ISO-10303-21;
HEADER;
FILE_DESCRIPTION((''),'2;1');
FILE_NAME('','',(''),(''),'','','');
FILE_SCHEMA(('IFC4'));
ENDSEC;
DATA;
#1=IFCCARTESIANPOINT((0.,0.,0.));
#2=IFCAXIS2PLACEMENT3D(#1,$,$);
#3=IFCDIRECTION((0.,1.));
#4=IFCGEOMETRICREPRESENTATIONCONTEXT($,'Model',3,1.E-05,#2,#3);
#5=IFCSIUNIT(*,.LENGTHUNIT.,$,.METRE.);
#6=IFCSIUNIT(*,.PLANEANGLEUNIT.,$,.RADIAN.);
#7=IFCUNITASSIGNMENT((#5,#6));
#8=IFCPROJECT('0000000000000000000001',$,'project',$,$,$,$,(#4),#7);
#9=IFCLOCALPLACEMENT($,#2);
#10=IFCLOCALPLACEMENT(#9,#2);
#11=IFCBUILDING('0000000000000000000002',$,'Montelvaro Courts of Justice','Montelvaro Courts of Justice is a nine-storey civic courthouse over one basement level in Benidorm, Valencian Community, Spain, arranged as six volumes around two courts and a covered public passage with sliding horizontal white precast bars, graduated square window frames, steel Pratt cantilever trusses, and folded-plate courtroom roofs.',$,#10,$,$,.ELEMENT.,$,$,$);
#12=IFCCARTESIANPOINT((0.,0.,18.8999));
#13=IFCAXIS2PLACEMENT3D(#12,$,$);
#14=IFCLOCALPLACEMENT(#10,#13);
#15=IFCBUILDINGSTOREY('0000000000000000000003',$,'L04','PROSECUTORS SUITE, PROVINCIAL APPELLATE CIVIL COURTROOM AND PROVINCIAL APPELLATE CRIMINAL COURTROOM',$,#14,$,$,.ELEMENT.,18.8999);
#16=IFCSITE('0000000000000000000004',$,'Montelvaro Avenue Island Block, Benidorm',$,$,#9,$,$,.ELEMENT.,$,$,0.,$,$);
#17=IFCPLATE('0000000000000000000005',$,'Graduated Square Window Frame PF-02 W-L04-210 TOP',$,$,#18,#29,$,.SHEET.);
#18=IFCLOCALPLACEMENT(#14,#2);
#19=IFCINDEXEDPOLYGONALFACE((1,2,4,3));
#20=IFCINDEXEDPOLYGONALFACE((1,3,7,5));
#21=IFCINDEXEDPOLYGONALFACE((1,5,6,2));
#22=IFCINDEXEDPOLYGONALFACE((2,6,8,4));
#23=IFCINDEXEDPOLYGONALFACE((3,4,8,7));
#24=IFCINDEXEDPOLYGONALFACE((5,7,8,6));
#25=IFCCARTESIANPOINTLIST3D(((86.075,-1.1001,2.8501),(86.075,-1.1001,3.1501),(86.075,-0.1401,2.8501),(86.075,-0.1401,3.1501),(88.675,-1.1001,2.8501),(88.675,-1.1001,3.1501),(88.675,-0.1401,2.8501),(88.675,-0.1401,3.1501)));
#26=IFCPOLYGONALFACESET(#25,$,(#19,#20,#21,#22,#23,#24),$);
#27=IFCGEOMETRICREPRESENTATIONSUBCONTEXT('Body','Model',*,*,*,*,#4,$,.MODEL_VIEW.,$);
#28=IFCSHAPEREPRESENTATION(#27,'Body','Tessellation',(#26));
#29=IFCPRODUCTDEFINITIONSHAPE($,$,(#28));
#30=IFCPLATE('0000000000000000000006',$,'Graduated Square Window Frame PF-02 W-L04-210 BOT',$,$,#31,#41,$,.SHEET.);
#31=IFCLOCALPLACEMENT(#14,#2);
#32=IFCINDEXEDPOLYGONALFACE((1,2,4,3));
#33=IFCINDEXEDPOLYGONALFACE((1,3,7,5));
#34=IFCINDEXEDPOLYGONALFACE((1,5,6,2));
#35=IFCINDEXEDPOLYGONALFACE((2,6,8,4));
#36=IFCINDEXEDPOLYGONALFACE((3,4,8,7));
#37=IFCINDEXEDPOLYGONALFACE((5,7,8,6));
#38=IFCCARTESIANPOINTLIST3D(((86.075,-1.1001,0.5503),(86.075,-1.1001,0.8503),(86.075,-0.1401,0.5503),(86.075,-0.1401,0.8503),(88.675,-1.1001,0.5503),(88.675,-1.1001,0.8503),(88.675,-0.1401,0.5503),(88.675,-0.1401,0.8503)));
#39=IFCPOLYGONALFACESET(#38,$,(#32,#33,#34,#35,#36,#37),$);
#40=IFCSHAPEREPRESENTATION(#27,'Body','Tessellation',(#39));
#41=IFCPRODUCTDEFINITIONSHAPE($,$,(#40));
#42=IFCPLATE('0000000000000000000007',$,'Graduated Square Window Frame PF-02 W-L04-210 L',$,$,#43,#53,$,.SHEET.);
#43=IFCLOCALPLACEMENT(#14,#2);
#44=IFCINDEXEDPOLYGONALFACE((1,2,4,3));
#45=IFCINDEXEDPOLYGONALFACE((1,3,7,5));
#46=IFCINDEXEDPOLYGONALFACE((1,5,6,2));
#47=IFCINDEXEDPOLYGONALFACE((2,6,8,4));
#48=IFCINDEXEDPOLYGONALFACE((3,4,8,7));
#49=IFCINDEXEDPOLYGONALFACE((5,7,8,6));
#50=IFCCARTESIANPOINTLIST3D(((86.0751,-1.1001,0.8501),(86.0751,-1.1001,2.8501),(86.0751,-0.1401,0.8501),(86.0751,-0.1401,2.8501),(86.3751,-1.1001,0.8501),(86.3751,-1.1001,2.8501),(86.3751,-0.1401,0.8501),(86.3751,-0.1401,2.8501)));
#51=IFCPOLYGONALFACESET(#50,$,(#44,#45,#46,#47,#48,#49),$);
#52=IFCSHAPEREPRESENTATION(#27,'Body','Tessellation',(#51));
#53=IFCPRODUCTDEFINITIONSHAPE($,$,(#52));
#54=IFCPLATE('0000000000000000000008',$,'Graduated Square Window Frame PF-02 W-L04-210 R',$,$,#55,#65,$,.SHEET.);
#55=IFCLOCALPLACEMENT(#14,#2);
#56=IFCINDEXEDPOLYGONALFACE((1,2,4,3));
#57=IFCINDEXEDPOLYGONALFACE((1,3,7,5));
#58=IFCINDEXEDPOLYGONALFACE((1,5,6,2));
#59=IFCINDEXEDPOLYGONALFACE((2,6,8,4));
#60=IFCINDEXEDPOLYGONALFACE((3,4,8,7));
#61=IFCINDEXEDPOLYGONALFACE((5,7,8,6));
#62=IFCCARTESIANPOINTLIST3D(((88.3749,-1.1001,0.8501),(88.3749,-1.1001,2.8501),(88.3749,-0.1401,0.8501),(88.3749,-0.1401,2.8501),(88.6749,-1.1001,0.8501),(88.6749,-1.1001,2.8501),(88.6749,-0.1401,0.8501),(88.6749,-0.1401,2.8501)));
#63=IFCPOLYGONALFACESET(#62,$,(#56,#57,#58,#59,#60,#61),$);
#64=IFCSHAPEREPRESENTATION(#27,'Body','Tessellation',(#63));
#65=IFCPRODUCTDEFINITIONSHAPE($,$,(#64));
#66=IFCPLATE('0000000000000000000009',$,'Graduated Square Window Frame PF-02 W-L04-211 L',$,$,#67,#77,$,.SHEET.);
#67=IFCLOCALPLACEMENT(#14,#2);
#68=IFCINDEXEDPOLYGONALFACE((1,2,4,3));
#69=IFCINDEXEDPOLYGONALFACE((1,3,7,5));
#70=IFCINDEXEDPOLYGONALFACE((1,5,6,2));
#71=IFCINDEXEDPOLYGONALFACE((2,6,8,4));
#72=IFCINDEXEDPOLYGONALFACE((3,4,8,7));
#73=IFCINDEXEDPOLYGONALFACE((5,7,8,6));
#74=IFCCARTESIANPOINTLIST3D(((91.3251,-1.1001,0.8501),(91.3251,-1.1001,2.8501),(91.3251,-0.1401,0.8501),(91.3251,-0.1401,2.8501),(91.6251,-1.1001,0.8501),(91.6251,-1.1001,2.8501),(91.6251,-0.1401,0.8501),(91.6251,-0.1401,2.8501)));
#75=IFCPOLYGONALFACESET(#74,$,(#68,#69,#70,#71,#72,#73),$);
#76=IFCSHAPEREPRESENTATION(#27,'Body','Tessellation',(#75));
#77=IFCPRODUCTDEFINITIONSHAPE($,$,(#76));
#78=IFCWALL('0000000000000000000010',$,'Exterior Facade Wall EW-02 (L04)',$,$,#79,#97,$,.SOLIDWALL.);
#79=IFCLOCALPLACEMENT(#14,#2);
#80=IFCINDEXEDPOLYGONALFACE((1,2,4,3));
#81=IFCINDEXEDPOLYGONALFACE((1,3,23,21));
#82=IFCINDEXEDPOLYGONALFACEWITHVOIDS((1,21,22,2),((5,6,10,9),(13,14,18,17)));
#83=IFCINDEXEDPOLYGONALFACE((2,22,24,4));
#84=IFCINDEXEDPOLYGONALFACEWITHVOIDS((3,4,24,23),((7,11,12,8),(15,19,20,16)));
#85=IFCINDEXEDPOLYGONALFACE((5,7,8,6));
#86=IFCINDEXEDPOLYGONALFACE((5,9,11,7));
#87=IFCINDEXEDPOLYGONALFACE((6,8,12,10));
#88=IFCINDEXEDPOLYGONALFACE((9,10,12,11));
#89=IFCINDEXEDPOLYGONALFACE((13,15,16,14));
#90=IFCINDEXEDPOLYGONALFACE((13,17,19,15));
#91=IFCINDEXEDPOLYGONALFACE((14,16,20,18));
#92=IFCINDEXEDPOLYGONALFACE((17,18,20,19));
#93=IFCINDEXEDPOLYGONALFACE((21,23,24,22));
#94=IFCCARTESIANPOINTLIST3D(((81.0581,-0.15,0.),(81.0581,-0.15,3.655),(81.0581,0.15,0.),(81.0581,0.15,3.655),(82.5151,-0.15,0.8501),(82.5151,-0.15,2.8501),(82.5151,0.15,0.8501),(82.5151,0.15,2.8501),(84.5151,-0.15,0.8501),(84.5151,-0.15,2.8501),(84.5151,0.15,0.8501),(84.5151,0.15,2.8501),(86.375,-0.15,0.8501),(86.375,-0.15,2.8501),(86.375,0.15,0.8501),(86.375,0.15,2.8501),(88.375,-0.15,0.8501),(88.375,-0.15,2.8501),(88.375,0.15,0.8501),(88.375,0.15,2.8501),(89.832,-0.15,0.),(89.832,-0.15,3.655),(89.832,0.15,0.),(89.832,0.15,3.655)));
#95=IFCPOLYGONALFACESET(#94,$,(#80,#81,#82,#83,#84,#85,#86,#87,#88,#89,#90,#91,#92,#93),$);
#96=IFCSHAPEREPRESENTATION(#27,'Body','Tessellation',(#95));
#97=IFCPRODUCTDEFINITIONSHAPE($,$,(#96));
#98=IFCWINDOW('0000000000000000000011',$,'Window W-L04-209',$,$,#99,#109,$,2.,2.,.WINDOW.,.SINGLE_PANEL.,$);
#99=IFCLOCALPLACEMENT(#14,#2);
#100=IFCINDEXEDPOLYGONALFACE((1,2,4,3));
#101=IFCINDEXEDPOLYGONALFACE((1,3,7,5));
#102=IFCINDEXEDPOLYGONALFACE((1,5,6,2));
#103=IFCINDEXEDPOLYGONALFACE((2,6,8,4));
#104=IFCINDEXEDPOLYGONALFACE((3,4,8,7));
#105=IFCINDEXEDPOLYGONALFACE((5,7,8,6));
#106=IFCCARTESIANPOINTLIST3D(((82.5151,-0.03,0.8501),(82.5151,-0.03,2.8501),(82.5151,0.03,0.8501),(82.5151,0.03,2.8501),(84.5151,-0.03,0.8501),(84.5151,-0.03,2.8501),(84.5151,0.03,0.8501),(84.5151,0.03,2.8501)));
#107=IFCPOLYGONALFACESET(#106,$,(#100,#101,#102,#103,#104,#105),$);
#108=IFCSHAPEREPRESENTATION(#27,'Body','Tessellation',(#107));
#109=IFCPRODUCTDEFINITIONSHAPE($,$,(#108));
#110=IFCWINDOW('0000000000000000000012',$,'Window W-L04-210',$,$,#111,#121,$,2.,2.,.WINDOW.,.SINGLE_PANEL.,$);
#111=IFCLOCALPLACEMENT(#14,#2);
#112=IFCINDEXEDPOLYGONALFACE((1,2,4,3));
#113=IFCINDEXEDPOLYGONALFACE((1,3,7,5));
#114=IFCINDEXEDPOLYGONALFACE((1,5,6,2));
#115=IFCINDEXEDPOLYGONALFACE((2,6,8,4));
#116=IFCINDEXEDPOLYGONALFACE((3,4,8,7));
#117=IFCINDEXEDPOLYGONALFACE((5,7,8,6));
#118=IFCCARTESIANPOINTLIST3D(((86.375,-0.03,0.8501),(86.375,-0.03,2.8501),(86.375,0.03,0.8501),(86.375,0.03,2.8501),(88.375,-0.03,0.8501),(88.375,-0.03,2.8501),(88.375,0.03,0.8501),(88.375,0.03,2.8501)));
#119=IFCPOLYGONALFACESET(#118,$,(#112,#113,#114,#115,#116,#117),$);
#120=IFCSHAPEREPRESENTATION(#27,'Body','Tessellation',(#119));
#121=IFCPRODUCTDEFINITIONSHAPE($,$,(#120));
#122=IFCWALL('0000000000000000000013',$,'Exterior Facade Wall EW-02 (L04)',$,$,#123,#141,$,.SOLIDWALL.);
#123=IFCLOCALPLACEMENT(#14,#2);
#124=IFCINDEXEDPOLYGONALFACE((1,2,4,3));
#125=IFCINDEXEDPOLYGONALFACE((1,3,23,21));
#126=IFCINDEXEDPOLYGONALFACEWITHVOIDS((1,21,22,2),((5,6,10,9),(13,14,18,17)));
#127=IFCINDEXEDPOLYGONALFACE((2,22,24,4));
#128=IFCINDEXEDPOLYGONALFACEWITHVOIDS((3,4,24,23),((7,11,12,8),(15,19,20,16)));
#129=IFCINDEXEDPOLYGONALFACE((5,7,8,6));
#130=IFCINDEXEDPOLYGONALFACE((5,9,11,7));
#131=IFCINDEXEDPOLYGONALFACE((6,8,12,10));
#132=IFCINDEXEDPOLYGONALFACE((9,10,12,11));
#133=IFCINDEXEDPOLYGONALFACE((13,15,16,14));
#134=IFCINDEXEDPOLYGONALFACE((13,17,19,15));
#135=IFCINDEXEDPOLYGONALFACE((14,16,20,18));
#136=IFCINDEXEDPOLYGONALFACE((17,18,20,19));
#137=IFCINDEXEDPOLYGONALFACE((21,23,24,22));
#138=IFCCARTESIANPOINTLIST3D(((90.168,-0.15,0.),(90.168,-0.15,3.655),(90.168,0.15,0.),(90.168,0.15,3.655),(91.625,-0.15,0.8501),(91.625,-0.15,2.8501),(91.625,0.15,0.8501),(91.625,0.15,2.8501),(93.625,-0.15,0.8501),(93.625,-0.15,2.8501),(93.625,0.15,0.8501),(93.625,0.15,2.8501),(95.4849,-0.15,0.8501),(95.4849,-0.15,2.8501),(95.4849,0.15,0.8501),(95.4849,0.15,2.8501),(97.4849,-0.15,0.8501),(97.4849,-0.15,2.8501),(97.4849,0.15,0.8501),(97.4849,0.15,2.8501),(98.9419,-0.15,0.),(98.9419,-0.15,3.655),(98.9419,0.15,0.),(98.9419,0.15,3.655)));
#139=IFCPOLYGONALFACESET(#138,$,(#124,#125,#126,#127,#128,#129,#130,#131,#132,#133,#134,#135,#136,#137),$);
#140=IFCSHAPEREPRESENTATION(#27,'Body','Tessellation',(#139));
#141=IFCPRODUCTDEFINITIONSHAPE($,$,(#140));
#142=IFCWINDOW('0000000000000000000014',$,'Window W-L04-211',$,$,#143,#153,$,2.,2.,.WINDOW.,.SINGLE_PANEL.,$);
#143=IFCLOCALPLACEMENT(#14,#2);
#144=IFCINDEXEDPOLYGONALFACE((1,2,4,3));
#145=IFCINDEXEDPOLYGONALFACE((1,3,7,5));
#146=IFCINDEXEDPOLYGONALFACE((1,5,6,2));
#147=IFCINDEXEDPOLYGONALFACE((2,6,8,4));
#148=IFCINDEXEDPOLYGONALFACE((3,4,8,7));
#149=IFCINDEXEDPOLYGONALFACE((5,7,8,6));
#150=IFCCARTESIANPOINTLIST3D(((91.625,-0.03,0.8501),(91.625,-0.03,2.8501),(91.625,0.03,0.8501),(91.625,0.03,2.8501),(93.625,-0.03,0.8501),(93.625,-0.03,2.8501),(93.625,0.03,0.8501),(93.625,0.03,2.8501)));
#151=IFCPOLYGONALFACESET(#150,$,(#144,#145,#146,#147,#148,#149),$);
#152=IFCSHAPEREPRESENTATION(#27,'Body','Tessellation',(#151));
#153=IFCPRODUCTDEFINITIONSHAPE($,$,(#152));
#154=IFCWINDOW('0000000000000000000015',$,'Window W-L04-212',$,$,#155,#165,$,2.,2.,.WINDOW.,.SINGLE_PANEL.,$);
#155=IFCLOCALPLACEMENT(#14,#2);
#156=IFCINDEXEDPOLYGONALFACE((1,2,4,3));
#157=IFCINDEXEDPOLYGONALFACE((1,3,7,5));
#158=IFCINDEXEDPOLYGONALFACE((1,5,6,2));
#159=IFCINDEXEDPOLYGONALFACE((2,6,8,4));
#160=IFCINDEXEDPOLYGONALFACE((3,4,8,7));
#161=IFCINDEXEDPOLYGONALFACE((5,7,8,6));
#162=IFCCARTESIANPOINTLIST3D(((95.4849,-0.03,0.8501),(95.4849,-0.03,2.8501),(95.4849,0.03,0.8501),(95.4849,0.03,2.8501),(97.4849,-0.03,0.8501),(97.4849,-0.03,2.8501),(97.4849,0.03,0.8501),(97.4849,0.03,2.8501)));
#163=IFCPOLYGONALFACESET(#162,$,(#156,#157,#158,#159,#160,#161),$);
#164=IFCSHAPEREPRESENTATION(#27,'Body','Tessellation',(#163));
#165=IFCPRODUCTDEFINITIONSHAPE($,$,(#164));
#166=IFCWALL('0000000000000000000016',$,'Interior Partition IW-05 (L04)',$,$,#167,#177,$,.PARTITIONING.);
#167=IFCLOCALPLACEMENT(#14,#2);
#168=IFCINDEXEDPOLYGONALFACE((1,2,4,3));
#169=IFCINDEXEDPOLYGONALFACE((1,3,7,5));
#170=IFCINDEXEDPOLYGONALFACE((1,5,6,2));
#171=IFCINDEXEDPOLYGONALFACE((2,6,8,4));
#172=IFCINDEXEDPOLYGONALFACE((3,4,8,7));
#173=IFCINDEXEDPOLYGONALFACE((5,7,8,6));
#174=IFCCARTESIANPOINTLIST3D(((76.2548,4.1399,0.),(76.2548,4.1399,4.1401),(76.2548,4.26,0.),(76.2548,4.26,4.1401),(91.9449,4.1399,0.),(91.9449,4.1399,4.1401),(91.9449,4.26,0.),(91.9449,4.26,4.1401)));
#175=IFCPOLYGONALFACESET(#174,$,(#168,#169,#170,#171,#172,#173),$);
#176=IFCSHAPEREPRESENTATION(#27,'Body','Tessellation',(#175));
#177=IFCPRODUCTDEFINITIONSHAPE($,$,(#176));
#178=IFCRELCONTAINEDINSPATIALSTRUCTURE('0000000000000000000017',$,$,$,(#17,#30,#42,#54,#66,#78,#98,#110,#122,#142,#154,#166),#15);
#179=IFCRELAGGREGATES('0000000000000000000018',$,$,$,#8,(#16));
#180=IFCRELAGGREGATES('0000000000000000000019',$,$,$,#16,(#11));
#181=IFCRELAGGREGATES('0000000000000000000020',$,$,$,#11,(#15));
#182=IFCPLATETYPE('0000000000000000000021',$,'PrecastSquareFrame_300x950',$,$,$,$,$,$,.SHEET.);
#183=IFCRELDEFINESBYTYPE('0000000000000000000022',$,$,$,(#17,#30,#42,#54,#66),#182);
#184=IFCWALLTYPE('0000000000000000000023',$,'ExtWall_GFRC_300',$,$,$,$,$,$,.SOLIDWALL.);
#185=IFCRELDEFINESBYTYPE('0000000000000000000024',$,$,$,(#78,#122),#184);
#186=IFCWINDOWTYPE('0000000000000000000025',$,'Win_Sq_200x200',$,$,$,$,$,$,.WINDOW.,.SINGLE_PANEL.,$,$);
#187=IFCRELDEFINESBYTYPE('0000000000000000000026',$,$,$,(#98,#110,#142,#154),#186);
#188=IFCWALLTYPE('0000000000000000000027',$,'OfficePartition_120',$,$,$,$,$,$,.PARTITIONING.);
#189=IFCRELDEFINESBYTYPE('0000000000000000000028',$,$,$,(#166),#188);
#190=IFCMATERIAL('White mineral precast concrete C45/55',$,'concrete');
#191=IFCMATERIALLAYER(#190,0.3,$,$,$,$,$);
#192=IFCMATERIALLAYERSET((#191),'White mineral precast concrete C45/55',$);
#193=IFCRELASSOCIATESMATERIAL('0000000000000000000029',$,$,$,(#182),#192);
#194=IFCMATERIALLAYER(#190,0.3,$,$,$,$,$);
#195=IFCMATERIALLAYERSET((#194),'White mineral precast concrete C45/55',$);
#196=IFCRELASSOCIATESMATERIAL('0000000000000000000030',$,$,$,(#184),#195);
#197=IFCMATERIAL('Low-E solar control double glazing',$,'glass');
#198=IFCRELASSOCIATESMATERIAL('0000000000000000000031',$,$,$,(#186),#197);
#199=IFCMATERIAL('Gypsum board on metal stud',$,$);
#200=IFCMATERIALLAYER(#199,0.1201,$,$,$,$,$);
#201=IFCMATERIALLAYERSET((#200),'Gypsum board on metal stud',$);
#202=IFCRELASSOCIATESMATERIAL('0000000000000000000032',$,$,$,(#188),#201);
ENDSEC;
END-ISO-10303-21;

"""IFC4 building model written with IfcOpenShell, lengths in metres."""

from ifc_helpers import new_model, si_unit, direction, frame, frame_2d, origin, origin_2d, place, context, subcontext, project, spatial, rectangle, extrude, material, layer, layer_set, type_object, element, fill, save


model = new_model("IFC4")

# Units and contexts
model_context = context("Model", 3, precision=1e-05, world=origin(), true_north=direction((0.0, 1.0)))
body_context = subcontext(model_context, "Body", "Model", "MODEL_VIEW")
ifc_project = project(units=[si_unit("LENGTHUNIT", "METRE"), si_unit("PLANEANGLEUNIT", "RADIAN")], contexts=[model_context])

# Site, building, storey
site_placement = place(None, origin())
site = spatial("IfcSite", under=ifc_project, at=site_placement, Name="Montelvaro Avenue Island Block, Benidorm", CompositionType="ELEMENT", RefElevation=0.0)
building_placement = place(site_placement, origin())
building = spatial("IfcBuilding", under=site, at=building_placement, Name="Montelvaro Courts of Justice", Description="Montelvaro Courts of Justice is a nine-storey civic courthouse over one basement level in Benidorm, Valencian Community, Spain, arranged as six volumes around two courts and a covered public passage with sliding horizontal white precast bars, graduated square window frames, steel Pratt cantilever trusses, and folded-plate courtroom roofs.", CompositionType="ELEMENT")
storey_placement = place(building_placement, frame((0.0, 0.0, 18.8999)))
storey = spatial("IfcBuildingStorey", under=building, at=storey_placement, Name="L04", Description="PROSECUTORS SUITE, PROVINCIAL APPELLATE CIVIL COURTROOM AND PROVINCIAL APPELLATE CRIMINAL COURTROOM", CompositionType="ELEMENT", Elevation=18.8999)

# Plates
ifc_material_1 = material(Name="White mineral precast concrete C45/55", Category="concrete")
ifc_layer_1 = layer(ifc_material_1, 0.3)
ifc_layer_set_1 = layer_set([ifc_layer_1], Name="White mineral precast concrete C45/55")
plate_type = type_object("IfcPlateType", Name="PrecastSquareFrame_300x950", PredefinedType="SHEET", material=ifc_layer_set_1)
for number, where, z_axis, x_axis, name in (
    (1, (87.375, -0.6201, 2.8501), (0.0, 0.0, 1.0), (1.0, 0.0, 0.0), "Graduated Square Window Frame PF-02 W-L04-210 TOP"),
    (2, (87.375, -0.6201, 0.5503), (0.0, 0.0, 1.0), (1.0, 0.0, 0.0), "Graduated Square Window Frame PF-02 W-L04-210 BOT"),
):
    element("IfcPlate", number, at=place(storey_placement, frame(where, z_axis=z_axis, x_axis=x_axis)), inside=storey, type_object=plate_type, Name=name, PredefinedType="SHEET", context=body_context, shape_type="SweptSolid", body=[
        extrude(rectangle(XDim=2.6001, YDim=0.96, at=origin_2d()), origin(), (0.0, 0.0, 1.0), 0.3),
    ])
for number, where, z_axis, x_axis, name in (
    (3, (86.2251, -0.6201, 0.8501), (0.0, 0.0, 1.0), (1.0, 0.0, 0.0), "Graduated Square Window Frame PF-02 W-L04-210 L"),
    (4, (88.5249, -0.6201, 0.8501), (0.0, 0.0, 1.0), (1.0, 0.0, 0.0), "Graduated Square Window Frame PF-02 W-L04-210 R"),
    (5, (91.4751, -0.6201, 0.8501), (0.0, 0.0, 1.0), (1.0, 0.0, 0.0), "Graduated Square Window Frame PF-02 W-L04-211 L"),
):
    element("IfcPlate", number, at=place(storey_placement, frame(where, z_axis=z_axis, x_axis=x_axis)), inside=storey, type_object=plate_type, Name=name, PredefinedType="SHEET", context=body_context, shape_type="SweptSolid", body=[
        extrude(rectangle(XDim=0.3, YDim=0.96, at=origin_2d()), origin(), (0.0, 0.0, 1.0), 2.0),
    ])

# Walls, openings, windows
ifc_layer_2 = layer(ifc_material_1, 0.3)
ifc_layer_set_2 = layer_set([ifc_layer_2], Name="White mineral precast concrete C45/55")
wall_type_1 = type_object("IfcWallType", Name="ExtWall_GFRC_300", PredefinedType="SOLIDWALL", material=ifc_layer_set_2)
wall_1_placement = place(storey_placement, frame((81.0581, 0.0, 0.0), z_axis=(0.0, 0.0, 1.0), x_axis=(1.0, 0.0, 0.0)))
wall_1 = element("IfcWall", 6, at=wall_1_placement, inside=storey, type_object=wall_type_1, Name="Exterior Facade Wall EW-02 (L04)", PredefinedType="SOLIDWALL", context=body_context, shape_type="SweptSolid", body=[
    extrude(rectangle(XDim=8.7739, YDim=0.3, at=frame_2d((4.387, 0.0))), origin(), (0.0, 0.0, 1.0), 3.655),
])
opening_1_placement = place(wall_1_placement, frame((1.457, 0.0, 0.8501)))
opening_1 = element("IfcOpeningElement", 7, at=opening_1_placement, cuts=wall_1, PredefinedType="OPENING", context=body_context, shape_type="SweptSolid", body=[
    extrude(rectangle(XDim=2.0, YDim=2.0, at=frame_2d((1.0, 1.0))), frame((0.0, 0.165, 0.0), z_axis=(0.0, -1.0, 0.0), x_axis=(1.0, 0.0, 0.0)), (0.0, 0.0, 1.0), 0.3298),
])
opening_2_placement = place(wall_1_placement, frame((5.3169, 0.0, 0.8501)))
opening_2 = element("IfcOpeningElement", 8, at=opening_2_placement, cuts=wall_1, PredefinedType="OPENING", context=body_context, shape_type="SweptSolid", body=[
    extrude(rectangle(XDim=2.0, YDim=2.0, at=frame_2d((1.0, 1.0))), frame((0.0, 0.165, 0.0), z_axis=(0.0, -1.0, 0.0), x_axis=(1.0, 0.0, 0.0)), (0.0, 0.0, 1.0), 0.3298),
])
ifc_material_2 = material(Name="Low-E solar control double glazing", Category="glass")
window_type = type_object("IfcWindowType", Name="Win_Sq_200x200", PartitioningType="SINGLE_PANEL", PredefinedType="WINDOW", material=ifc_material_2)
window_1_placement = place(opening_1_placement, origin())
window_1 = element("IfcWindow", 9, at=window_1_placement, inside=storey, type_object=window_type, Name="Window W-L04-209", OverallHeight=2.0, OverallWidth=2.0, PartitioningType="SINGLE_PANEL", PredefinedType="WINDOW", context=body_context, shape_type="SweptSolid", body=[
    extrude(rectangle(XDim=2.0, YDim=2.0, at=frame_2d((1.0, 1.0))), frame((0.0, 0.03, 0.0), z_axis=(0.0, -1.0, 0.0), x_axis=(1.0, 0.0, 0.0)), (0.0, 0.0, 1.0), 0.0601),
])
fill(opening_1, window_1)
window_2_placement = place(opening_2_placement, origin())
window_2 = element("IfcWindow", 10, at=window_2_placement, inside=storey, type_object=window_type, Name="Window W-L04-210", OverallHeight=2.0, OverallWidth=2.0, PartitioningType="SINGLE_PANEL", PredefinedType="WINDOW", context=body_context, shape_type="SweptSolid", body=[
    extrude(rectangle(XDim=2.0, YDim=2.0, at=frame_2d((1.0, 1.0))), frame((0.0, 0.03, 0.0), z_axis=(0.0, -1.0, 0.0), x_axis=(1.0, 0.0, 0.0)), (0.0, 0.0, 1.0), 0.0601),
])
fill(opening_2, window_2)
wall_2_placement = place(storey_placement, frame((90.168, 0.0, 0.0), z_axis=(0.0, 0.0, 1.0), x_axis=(1.0, 0.0, 0.0)))
wall_2 = element("IfcWall", 11, at=wall_2_placement, inside=storey, type_object=wall_type_1, Name="Exterior Facade Wall EW-02 (L04)", PredefinedType="SOLIDWALL", context=body_context, shape_type="SweptSolid", body=[
    extrude(rectangle(XDim=8.7739, YDim=0.3, at=frame_2d((4.387, 0.0))), origin(), (0.0, 0.0, 1.0), 3.655),
])
opening_3_placement = place(wall_2_placement, frame((1.457, 0.0, 0.8501)))
opening_3 = element("IfcOpeningElement", 12, at=opening_3_placement, cuts=wall_2, PredefinedType="OPENING", context=body_context, shape_type="SweptSolid", body=[
    extrude(rectangle(XDim=2.0, YDim=2.0, at=frame_2d((1.0, 1.0))), frame((0.0, 0.165, 0.0), z_axis=(0.0, -1.0, 0.0), x_axis=(1.0, 0.0, 0.0)), (0.0, 0.0, 1.0), 0.3298),
])
opening_4_placement = place(wall_2_placement, frame((5.3169, 0.0, 0.8501)))
opening_4 = element("IfcOpeningElement", 13, at=opening_4_placement, cuts=wall_2, PredefinedType="OPENING", context=body_context, shape_type="SweptSolid", body=[
    extrude(rectangle(XDim=2.0, YDim=2.0, at=frame_2d((1.0, 1.0))), frame((0.0, 0.165, 0.0), z_axis=(0.0, -1.0, 0.0), x_axis=(1.0, 0.0, 0.0)), (0.0, 0.0, 1.0), 0.3298),
])
window_3_placement = place(opening_3_placement, origin())
window_3 = element("IfcWindow", 14, at=window_3_placement, inside=storey, type_object=window_type, Name="Window W-L04-211", OverallHeight=2.0, OverallWidth=2.0, PartitioningType="SINGLE_PANEL", PredefinedType="WINDOW", context=body_context, shape_type="SweptSolid", body=[
    extrude(rectangle(XDim=2.0, YDim=2.0, at=frame_2d((1.0, 1.0))), frame((0.0, 0.03, 0.0), z_axis=(0.0, -1.0, 0.0), x_axis=(1.0, 0.0, 0.0)), (0.0, 0.0, 1.0), 0.0601),
])
fill(opening_3, window_3)
window_4_placement = place(opening_4_placement, origin())
window_4 = element("IfcWindow", 15, at=window_4_placement, inside=storey, type_object=window_type, Name="Window W-L04-212", OverallHeight=2.0, OverallWidth=2.0, PartitioningType="SINGLE_PANEL", PredefinedType="WINDOW", context=body_context, shape_type="SweptSolid", body=[
    extrude(rectangle(XDim=2.0, YDim=2.0, at=frame_2d((1.0, 1.0))), frame((0.0, 0.03, 0.0), z_axis=(0.0, -1.0, 0.0), x_axis=(1.0, 0.0, 0.0)), (0.0, 0.0, 1.0), 0.0601),
])
fill(opening_4, window_4)

# Wall
ifc_material_3 = material(Name="Gypsum board on metal stud")
ifc_layer_3 = layer(ifc_material_3, 0.1201)
ifc_layer_set_3 = layer_set([ifc_layer_3], Name="Gypsum board on metal stud")
wall_type_2 = type_object("IfcWallType", Name="OfficePartition_120", PredefinedType="PARTITIONING", material=ifc_layer_set_3)
wall_3_placement = place(storey_placement, frame((91.9451, 4.2, 0.0), z_axis=(0.0, 0.0, 1.0), x_axis=(-1.0, 0.0, 0.0)))
element("IfcWall", 16, at=wall_3_placement, inside=storey, type_object=wall_type_2, Name="Interior Partition IW-05 (L04)", PredefinedType="PARTITIONING", context=body_context, shape_type="SweptSolid", body=[
    extrude(rectangle(XDim=15.6902, YDim=0.1201, at=frame_2d((7.8452, 0.0))), origin(), (0.0, 0.0, 1.0), 4.1401),
])

save(model, "model.ifc")
